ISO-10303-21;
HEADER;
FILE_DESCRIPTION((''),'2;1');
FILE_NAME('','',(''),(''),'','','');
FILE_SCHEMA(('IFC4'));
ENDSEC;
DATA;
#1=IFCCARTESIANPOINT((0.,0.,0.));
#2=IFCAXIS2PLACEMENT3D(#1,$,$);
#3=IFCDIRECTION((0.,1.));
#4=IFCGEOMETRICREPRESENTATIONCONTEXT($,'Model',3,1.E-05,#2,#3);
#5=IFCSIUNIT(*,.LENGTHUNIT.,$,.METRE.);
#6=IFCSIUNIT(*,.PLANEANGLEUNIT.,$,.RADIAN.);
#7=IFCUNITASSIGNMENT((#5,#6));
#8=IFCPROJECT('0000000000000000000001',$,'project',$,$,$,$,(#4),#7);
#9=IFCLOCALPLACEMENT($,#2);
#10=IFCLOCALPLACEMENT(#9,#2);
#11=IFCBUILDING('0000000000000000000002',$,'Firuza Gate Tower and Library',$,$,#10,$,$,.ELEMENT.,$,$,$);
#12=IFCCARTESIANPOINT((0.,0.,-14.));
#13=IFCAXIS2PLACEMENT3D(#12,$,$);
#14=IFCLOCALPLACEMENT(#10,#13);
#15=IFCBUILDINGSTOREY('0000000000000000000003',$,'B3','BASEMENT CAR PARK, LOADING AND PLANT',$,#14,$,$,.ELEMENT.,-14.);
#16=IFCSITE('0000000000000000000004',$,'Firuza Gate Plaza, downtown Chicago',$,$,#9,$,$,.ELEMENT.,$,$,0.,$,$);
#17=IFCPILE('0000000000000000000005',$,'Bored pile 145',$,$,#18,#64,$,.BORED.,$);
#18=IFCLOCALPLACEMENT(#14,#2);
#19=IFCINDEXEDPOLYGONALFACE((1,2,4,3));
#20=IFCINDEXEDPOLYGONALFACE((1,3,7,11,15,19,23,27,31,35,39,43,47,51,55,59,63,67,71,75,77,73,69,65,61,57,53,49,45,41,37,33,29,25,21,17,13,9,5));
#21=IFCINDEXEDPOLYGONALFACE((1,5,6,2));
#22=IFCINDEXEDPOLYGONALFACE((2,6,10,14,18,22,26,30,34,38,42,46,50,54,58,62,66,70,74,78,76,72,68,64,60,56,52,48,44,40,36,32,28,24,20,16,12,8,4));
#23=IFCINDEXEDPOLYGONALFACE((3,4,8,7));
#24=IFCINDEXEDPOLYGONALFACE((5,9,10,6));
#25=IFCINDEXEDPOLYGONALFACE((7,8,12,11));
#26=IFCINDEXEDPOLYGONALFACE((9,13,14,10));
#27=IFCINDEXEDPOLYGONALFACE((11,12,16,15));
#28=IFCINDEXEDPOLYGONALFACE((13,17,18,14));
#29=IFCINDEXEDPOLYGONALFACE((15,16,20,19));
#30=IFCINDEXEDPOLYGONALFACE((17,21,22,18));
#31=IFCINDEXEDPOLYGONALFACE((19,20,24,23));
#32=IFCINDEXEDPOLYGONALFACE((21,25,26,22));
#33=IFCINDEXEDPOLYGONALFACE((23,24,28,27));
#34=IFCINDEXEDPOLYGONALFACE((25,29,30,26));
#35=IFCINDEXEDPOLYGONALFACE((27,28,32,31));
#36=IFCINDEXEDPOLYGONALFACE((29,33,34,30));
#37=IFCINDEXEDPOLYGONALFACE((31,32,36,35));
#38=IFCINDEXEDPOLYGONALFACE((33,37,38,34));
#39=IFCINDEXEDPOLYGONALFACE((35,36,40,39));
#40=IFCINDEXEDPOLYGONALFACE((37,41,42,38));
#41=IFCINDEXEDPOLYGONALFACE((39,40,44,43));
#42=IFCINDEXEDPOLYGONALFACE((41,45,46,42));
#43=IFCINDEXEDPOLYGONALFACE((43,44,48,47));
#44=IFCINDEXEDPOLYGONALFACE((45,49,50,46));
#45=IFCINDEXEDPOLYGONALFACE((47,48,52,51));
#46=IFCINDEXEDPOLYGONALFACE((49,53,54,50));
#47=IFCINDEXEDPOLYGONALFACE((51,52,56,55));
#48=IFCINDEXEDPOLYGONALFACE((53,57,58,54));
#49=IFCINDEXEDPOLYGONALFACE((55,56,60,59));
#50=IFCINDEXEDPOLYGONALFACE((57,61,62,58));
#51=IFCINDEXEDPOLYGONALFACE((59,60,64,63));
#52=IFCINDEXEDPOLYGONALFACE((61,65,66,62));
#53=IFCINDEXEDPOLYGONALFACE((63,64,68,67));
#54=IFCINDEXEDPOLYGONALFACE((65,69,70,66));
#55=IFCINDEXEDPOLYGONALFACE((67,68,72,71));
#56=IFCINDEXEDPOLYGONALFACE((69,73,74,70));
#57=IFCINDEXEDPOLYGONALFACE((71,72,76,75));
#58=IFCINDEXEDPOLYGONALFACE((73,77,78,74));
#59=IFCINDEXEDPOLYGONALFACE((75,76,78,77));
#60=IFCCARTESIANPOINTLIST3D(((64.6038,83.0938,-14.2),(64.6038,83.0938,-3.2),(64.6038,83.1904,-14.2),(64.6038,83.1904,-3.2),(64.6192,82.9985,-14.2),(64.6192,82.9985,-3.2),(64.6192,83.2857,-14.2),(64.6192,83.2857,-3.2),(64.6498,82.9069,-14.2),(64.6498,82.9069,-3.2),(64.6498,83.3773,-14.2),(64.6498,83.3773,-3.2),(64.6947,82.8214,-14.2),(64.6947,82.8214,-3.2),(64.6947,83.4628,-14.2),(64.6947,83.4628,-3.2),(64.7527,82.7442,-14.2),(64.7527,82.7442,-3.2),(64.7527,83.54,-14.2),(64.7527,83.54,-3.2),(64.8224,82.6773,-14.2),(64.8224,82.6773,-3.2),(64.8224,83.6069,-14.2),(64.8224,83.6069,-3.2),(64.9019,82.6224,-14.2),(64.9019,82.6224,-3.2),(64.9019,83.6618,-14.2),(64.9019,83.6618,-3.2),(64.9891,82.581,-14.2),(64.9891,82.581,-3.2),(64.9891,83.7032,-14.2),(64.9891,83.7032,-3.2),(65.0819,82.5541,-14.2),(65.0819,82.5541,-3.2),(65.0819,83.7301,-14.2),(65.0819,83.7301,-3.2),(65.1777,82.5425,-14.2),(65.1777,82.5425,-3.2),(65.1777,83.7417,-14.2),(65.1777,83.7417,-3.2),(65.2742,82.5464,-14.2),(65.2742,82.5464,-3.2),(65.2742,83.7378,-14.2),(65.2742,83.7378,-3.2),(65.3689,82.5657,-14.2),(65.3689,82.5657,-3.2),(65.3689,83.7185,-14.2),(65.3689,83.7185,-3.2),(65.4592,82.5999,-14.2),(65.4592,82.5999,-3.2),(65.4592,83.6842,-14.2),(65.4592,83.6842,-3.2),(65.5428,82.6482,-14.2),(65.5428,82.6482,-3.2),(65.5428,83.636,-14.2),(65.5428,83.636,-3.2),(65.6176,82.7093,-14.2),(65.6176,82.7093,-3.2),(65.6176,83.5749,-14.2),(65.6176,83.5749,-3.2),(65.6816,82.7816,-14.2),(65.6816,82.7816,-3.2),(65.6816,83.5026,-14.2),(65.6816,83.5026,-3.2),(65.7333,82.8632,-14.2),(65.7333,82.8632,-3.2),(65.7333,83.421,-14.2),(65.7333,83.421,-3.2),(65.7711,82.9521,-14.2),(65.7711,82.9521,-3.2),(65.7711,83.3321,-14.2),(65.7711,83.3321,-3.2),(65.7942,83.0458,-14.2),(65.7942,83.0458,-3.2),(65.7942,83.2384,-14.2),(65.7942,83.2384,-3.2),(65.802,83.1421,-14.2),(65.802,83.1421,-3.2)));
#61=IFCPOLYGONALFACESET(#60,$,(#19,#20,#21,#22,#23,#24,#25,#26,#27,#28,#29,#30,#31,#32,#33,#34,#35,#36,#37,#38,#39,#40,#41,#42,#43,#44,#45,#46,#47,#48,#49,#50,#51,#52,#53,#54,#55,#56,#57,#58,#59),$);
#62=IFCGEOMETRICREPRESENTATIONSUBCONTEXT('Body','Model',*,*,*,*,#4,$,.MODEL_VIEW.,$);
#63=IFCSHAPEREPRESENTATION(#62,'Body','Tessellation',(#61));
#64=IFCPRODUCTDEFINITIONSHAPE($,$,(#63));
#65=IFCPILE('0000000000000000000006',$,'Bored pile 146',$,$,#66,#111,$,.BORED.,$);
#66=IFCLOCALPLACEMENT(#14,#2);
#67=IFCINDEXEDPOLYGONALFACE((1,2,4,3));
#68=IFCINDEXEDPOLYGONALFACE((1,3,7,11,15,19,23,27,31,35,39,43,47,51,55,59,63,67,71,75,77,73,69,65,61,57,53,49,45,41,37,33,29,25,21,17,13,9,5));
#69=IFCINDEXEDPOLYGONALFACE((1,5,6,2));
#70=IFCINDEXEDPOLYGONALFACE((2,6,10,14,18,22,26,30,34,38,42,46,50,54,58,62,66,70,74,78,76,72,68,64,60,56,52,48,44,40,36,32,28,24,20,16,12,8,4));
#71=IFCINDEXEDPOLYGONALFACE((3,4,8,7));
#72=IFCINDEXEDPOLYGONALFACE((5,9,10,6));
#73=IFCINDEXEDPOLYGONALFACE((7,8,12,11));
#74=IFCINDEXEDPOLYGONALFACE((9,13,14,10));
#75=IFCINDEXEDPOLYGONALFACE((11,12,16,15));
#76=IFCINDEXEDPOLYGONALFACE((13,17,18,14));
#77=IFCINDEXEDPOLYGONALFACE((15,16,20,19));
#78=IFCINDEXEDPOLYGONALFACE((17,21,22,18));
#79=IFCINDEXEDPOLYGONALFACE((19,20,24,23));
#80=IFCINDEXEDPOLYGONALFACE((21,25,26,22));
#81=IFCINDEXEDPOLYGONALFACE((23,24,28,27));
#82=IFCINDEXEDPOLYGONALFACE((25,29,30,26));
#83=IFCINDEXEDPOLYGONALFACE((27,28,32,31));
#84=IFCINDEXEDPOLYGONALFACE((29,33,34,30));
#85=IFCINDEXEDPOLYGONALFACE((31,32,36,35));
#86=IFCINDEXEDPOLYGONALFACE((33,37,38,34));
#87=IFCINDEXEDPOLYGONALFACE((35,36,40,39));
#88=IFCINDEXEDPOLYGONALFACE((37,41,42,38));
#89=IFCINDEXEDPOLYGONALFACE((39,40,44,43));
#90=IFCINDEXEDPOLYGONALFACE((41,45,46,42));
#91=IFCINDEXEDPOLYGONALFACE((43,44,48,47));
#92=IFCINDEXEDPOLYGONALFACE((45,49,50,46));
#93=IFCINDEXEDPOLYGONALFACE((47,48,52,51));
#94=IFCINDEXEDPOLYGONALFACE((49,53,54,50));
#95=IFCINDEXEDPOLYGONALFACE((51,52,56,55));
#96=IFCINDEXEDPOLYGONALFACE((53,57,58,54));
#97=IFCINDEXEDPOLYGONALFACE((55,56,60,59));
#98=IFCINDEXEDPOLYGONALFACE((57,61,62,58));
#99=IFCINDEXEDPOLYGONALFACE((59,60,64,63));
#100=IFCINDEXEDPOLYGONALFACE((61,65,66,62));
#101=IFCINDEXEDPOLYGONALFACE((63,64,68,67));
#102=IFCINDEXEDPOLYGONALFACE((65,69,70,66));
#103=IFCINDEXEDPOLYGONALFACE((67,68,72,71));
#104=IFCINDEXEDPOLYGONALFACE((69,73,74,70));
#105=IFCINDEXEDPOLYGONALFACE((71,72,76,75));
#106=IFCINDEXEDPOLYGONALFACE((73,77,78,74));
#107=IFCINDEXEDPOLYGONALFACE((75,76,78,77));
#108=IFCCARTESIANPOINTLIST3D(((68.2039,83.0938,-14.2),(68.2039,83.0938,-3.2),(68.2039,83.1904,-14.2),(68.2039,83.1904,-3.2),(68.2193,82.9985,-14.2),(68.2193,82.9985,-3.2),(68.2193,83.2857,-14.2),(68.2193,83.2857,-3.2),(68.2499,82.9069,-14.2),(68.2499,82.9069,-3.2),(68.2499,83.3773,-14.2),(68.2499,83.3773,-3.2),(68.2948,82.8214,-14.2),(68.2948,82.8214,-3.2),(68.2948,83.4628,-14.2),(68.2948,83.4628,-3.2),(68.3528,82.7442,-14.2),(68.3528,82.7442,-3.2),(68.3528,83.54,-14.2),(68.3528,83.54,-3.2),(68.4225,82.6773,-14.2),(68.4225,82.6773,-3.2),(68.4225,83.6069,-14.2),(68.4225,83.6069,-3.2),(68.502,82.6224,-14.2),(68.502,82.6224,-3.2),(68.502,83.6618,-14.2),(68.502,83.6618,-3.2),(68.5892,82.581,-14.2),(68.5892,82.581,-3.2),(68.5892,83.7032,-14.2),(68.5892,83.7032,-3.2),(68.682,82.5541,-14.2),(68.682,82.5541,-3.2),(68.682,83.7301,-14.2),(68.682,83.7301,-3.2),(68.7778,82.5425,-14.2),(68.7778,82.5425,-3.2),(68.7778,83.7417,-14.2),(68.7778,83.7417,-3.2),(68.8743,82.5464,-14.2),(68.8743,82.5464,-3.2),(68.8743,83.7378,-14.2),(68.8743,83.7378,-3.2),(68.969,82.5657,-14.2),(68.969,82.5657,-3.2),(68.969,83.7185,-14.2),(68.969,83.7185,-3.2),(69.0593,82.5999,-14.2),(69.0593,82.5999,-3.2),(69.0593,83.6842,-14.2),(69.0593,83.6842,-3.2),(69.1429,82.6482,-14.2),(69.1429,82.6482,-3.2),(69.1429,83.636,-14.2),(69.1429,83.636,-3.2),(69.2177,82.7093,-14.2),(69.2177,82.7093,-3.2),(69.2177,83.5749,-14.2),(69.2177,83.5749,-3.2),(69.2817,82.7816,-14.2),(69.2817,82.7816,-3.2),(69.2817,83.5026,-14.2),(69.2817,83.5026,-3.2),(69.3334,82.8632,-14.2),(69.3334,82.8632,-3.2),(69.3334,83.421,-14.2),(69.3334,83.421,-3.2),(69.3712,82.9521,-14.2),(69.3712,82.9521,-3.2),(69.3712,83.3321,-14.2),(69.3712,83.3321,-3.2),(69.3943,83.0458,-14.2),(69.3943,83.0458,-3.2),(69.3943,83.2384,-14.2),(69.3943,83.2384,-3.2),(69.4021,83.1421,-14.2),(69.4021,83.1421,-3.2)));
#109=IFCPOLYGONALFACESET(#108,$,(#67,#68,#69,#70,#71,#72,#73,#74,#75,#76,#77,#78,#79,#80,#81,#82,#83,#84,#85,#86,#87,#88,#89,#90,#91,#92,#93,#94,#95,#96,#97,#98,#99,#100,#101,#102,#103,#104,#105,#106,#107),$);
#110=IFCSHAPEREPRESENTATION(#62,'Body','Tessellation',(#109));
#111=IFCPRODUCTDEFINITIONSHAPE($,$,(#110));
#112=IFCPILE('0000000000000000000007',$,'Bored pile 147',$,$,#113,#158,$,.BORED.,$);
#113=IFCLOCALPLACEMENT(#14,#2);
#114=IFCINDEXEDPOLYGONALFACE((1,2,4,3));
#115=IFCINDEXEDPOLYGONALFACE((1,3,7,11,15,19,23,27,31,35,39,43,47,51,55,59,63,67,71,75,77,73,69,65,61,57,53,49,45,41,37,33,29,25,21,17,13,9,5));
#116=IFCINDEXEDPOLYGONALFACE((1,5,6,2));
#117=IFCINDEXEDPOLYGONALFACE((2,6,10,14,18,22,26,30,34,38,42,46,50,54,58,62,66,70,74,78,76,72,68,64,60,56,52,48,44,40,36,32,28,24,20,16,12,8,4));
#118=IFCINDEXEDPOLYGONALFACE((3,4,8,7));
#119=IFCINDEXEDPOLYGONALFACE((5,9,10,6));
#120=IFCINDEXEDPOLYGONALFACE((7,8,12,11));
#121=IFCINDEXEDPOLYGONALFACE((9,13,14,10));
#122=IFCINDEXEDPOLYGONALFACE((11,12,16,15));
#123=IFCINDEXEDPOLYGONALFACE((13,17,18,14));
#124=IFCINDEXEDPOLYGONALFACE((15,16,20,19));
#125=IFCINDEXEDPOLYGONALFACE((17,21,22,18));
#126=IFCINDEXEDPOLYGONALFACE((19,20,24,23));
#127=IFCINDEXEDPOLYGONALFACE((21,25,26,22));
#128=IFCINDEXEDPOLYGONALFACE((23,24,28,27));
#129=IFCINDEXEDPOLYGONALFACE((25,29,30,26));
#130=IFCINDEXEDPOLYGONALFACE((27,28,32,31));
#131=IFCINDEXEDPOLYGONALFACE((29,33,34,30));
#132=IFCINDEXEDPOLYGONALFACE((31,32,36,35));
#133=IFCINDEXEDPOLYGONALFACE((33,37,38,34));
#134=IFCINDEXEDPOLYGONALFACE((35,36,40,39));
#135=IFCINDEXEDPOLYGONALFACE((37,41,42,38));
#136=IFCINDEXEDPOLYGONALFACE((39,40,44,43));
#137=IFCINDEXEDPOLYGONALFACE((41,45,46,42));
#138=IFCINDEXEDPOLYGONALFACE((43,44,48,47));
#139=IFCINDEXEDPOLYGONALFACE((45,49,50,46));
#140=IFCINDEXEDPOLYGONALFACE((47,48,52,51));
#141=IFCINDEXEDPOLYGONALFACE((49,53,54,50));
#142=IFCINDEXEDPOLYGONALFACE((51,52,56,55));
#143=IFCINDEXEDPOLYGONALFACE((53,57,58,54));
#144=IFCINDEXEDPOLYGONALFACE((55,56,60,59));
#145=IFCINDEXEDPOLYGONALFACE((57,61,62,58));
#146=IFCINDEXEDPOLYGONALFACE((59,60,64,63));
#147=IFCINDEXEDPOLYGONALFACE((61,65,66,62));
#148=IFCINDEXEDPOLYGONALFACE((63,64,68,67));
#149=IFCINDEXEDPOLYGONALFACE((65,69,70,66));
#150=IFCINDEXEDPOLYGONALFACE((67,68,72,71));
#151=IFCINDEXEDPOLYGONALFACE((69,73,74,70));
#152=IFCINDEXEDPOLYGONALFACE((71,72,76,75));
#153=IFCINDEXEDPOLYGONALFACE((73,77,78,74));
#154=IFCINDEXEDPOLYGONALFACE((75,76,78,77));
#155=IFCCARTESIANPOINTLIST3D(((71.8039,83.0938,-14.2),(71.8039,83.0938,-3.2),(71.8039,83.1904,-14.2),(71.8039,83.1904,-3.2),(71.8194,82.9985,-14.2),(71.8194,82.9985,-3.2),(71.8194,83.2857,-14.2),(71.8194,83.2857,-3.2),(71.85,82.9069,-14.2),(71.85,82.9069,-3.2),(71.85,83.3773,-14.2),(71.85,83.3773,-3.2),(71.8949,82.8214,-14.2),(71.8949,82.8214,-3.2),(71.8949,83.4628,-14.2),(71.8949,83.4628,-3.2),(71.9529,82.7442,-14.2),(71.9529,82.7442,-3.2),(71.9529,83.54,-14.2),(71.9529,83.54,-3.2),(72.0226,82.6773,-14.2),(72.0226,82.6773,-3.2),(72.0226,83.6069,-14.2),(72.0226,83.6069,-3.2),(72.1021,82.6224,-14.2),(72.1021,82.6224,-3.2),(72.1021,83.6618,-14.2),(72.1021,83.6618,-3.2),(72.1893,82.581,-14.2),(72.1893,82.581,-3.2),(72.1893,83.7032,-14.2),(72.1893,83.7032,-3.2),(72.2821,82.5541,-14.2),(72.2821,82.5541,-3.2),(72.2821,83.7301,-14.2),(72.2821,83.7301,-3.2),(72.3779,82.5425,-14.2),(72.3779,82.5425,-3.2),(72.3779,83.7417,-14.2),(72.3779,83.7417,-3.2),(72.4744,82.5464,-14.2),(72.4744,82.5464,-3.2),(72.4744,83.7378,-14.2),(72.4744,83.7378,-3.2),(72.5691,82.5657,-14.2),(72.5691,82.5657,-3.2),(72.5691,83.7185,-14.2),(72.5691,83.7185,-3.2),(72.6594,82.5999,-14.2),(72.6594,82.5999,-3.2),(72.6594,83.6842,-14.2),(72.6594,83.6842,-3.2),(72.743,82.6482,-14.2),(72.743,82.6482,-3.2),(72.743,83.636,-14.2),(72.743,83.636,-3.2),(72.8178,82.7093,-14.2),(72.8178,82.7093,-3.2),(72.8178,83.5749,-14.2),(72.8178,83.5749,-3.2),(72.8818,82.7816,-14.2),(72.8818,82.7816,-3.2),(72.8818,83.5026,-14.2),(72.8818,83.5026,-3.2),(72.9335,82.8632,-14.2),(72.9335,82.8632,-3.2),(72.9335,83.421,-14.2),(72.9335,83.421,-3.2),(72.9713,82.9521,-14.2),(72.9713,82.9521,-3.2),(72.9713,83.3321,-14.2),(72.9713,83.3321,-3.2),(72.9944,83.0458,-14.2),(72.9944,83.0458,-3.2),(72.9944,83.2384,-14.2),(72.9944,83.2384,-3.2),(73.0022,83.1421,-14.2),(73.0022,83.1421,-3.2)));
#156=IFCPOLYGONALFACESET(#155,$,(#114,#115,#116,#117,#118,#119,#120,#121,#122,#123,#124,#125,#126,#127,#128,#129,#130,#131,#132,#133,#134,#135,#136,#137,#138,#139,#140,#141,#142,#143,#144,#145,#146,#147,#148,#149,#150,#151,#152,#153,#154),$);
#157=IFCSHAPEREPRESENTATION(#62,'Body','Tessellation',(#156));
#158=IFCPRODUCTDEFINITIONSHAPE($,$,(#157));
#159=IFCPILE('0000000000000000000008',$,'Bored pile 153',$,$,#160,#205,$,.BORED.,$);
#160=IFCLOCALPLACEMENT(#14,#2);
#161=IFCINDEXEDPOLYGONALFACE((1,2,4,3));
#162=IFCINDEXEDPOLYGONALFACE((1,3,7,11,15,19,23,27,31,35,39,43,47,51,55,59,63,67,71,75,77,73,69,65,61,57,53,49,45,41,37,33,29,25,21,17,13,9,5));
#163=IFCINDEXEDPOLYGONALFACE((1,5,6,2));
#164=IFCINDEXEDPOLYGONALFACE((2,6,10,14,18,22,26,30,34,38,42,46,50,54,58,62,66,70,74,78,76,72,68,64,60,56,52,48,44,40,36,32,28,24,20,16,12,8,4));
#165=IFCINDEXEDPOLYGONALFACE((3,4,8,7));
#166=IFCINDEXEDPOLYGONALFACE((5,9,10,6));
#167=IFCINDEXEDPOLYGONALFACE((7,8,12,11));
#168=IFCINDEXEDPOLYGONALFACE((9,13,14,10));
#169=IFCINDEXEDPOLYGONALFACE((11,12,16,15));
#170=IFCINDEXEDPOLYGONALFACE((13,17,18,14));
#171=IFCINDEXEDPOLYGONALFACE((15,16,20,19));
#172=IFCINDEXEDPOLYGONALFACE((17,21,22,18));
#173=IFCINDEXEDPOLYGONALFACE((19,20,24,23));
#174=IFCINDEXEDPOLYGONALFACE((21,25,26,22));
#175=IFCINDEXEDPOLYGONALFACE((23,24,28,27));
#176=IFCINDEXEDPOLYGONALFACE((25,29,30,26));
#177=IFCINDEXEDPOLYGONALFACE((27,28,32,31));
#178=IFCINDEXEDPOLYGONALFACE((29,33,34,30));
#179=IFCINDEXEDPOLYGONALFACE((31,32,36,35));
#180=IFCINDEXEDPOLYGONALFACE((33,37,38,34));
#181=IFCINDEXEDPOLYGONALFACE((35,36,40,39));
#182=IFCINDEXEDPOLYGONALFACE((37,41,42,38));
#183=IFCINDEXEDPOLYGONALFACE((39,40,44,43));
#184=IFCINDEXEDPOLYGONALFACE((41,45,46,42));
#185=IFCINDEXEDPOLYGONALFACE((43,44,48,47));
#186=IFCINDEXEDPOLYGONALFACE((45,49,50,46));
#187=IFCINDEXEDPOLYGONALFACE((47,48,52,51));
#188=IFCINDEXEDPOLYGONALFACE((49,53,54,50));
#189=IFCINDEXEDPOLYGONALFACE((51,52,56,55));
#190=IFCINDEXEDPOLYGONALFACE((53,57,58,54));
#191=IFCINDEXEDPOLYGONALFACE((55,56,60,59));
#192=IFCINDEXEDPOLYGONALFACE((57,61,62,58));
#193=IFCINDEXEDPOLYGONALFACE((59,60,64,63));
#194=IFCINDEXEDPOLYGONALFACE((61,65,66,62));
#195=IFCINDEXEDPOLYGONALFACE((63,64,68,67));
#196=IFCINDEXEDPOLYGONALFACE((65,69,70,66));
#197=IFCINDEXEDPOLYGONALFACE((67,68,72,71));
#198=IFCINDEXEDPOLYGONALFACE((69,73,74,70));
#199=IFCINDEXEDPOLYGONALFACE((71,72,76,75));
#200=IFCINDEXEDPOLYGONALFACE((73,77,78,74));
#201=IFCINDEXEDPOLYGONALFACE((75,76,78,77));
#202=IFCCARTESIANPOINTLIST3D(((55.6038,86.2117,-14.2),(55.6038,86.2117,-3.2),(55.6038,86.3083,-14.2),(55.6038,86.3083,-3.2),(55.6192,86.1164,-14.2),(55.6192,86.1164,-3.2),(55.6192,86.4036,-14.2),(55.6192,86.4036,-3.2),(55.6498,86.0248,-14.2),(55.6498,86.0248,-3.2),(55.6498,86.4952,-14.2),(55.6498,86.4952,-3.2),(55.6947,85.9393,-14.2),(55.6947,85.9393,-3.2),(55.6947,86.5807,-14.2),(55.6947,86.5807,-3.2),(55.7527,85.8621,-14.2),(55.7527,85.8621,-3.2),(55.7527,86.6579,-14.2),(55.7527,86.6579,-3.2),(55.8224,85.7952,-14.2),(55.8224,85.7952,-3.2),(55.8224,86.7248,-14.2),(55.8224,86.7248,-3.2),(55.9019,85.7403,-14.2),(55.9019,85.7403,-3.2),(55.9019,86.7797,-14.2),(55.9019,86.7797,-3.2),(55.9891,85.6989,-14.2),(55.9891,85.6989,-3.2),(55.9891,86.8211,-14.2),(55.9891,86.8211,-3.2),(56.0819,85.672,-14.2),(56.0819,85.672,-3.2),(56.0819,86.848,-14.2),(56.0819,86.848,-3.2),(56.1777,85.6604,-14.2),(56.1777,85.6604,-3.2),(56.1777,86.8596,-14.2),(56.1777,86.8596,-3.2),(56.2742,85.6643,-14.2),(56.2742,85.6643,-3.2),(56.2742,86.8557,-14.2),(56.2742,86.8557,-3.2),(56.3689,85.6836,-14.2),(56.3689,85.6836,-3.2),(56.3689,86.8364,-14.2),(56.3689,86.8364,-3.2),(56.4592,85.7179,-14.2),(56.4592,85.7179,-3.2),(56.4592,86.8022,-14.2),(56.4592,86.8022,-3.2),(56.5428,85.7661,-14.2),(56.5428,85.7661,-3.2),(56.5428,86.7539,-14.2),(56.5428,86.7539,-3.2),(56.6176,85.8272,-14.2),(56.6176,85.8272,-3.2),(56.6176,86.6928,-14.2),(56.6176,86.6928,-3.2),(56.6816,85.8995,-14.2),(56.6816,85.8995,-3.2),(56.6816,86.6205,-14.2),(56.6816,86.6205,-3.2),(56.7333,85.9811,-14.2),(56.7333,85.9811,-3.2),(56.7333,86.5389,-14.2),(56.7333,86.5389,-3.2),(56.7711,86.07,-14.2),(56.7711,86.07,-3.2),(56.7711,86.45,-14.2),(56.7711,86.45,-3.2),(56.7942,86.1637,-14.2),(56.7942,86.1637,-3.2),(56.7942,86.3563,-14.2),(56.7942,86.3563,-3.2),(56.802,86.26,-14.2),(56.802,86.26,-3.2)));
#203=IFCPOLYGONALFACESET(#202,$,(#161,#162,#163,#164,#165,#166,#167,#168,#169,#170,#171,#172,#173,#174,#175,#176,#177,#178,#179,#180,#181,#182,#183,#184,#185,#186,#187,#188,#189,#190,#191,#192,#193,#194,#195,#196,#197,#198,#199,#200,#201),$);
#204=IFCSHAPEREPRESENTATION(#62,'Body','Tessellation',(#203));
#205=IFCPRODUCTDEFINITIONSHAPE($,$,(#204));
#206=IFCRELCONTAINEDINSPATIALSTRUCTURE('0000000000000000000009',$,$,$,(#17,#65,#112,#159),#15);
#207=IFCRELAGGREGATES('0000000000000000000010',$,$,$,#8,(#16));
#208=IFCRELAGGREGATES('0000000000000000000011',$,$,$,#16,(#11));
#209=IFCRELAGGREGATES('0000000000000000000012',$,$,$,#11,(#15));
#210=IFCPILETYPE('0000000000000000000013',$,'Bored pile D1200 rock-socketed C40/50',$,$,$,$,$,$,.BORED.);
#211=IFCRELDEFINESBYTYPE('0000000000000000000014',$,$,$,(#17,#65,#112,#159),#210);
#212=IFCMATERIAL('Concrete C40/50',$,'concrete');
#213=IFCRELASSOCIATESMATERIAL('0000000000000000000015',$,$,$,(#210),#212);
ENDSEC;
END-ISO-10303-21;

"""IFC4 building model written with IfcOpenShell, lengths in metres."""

from ifc_helpers import new_model, si_unit, direction, frame, origin, origin_2d, place, context, subcontext, project, spatial, circle, extrude, material, material_profile, profile_set, type_object, element, save


model = new_model("IFC4")

# Units and contexts
model_context = context("Model", 3, precision=1e-05, world=origin(), true_north=direction((0.0, 1.0)))
body_context = subcontext(model_context, "Body", "Model", "MODEL_VIEW")
ifc_project = project(units=[si_unit("LENGTHUNIT", "METRE"), si_unit("PLANEANGLEUNIT", "RADIAN")], contexts=[model_context])

# Site, building, storey
site_placement = place(None, origin())
site = spatial("IfcSite", under=ifc_project, at=site_placement, Name="Firuza Gate Plaza, downtown Chicago", CompositionType="ELEMENT", RefElevation=0.0)
building_placement = place(site_placement, origin())
building = spatial("IfcBuilding", under=site, at=building_placement, Name="Firuza Gate Tower and Library", CompositionType="ELEMENT")
storey_placement = place(building_placement, frame((0.0, 0.0, -14.0)))
storey = spatial("IfcBuildingStorey", under=building, at=storey_placement, Name="B3", Description="BASEMENT CAR PARK, LOADING AND PLANT", CompositionType="ELEMENT", Elevation=-14.0)

# Piles
ifc_material_1 = material(Name="Concrete C40/50", Category="concrete")
ifc_material_profile_1 = material_profile(ifc_material_1, circle(Radius=0.6001, at=origin_2d()))
ifc_profile_set_1 = profile_set([ifc_material_profile_1], Name="Concrete C40/50")
pile_type = type_object("IfcPileType", Name="Bored pile D1200 rock-socketed C40/50", PredefinedType="BORED", material=ifc_profile_set_1)
for number, where, z_axis, x_axis, name in (
    (1, (65.2019, 83.1421, -3.2), (0.0, 0.0, -1.0), (1.0, 0.0, 0.0), "Bored pile 145"),
    (2, (68.802, 83.1421, -3.2), (0.0, 0.0, -1.0), (1.0, 0.0, 0.0), "Bored pile 146"),
    (3, (72.4021, 83.1421, -3.2), (0.0, 0.0, -1.0), (1.0, 0.0, 0.0), "Bored pile 147"),
    (4, (56.2019, 86.26, -3.2), (0.0, 0.0, -1.0), (1.0, 0.0, 0.0), "Bored pile 153"),
):
    element("IfcPile", number, at=place(storey_placement, frame(where, z_axis=z_axis, x_axis=x_axis)), inside=storey, type_object=pile_type, Name=name, PredefinedType="BORED", context=body_context, shape_type="SweptSolid", body=[
        extrude(circle(Radius=0.6001, at=origin_2d()), origin(), (0.0, 0.0, 1.0), 11.0),
    ])

save(model, "model.ifc")
